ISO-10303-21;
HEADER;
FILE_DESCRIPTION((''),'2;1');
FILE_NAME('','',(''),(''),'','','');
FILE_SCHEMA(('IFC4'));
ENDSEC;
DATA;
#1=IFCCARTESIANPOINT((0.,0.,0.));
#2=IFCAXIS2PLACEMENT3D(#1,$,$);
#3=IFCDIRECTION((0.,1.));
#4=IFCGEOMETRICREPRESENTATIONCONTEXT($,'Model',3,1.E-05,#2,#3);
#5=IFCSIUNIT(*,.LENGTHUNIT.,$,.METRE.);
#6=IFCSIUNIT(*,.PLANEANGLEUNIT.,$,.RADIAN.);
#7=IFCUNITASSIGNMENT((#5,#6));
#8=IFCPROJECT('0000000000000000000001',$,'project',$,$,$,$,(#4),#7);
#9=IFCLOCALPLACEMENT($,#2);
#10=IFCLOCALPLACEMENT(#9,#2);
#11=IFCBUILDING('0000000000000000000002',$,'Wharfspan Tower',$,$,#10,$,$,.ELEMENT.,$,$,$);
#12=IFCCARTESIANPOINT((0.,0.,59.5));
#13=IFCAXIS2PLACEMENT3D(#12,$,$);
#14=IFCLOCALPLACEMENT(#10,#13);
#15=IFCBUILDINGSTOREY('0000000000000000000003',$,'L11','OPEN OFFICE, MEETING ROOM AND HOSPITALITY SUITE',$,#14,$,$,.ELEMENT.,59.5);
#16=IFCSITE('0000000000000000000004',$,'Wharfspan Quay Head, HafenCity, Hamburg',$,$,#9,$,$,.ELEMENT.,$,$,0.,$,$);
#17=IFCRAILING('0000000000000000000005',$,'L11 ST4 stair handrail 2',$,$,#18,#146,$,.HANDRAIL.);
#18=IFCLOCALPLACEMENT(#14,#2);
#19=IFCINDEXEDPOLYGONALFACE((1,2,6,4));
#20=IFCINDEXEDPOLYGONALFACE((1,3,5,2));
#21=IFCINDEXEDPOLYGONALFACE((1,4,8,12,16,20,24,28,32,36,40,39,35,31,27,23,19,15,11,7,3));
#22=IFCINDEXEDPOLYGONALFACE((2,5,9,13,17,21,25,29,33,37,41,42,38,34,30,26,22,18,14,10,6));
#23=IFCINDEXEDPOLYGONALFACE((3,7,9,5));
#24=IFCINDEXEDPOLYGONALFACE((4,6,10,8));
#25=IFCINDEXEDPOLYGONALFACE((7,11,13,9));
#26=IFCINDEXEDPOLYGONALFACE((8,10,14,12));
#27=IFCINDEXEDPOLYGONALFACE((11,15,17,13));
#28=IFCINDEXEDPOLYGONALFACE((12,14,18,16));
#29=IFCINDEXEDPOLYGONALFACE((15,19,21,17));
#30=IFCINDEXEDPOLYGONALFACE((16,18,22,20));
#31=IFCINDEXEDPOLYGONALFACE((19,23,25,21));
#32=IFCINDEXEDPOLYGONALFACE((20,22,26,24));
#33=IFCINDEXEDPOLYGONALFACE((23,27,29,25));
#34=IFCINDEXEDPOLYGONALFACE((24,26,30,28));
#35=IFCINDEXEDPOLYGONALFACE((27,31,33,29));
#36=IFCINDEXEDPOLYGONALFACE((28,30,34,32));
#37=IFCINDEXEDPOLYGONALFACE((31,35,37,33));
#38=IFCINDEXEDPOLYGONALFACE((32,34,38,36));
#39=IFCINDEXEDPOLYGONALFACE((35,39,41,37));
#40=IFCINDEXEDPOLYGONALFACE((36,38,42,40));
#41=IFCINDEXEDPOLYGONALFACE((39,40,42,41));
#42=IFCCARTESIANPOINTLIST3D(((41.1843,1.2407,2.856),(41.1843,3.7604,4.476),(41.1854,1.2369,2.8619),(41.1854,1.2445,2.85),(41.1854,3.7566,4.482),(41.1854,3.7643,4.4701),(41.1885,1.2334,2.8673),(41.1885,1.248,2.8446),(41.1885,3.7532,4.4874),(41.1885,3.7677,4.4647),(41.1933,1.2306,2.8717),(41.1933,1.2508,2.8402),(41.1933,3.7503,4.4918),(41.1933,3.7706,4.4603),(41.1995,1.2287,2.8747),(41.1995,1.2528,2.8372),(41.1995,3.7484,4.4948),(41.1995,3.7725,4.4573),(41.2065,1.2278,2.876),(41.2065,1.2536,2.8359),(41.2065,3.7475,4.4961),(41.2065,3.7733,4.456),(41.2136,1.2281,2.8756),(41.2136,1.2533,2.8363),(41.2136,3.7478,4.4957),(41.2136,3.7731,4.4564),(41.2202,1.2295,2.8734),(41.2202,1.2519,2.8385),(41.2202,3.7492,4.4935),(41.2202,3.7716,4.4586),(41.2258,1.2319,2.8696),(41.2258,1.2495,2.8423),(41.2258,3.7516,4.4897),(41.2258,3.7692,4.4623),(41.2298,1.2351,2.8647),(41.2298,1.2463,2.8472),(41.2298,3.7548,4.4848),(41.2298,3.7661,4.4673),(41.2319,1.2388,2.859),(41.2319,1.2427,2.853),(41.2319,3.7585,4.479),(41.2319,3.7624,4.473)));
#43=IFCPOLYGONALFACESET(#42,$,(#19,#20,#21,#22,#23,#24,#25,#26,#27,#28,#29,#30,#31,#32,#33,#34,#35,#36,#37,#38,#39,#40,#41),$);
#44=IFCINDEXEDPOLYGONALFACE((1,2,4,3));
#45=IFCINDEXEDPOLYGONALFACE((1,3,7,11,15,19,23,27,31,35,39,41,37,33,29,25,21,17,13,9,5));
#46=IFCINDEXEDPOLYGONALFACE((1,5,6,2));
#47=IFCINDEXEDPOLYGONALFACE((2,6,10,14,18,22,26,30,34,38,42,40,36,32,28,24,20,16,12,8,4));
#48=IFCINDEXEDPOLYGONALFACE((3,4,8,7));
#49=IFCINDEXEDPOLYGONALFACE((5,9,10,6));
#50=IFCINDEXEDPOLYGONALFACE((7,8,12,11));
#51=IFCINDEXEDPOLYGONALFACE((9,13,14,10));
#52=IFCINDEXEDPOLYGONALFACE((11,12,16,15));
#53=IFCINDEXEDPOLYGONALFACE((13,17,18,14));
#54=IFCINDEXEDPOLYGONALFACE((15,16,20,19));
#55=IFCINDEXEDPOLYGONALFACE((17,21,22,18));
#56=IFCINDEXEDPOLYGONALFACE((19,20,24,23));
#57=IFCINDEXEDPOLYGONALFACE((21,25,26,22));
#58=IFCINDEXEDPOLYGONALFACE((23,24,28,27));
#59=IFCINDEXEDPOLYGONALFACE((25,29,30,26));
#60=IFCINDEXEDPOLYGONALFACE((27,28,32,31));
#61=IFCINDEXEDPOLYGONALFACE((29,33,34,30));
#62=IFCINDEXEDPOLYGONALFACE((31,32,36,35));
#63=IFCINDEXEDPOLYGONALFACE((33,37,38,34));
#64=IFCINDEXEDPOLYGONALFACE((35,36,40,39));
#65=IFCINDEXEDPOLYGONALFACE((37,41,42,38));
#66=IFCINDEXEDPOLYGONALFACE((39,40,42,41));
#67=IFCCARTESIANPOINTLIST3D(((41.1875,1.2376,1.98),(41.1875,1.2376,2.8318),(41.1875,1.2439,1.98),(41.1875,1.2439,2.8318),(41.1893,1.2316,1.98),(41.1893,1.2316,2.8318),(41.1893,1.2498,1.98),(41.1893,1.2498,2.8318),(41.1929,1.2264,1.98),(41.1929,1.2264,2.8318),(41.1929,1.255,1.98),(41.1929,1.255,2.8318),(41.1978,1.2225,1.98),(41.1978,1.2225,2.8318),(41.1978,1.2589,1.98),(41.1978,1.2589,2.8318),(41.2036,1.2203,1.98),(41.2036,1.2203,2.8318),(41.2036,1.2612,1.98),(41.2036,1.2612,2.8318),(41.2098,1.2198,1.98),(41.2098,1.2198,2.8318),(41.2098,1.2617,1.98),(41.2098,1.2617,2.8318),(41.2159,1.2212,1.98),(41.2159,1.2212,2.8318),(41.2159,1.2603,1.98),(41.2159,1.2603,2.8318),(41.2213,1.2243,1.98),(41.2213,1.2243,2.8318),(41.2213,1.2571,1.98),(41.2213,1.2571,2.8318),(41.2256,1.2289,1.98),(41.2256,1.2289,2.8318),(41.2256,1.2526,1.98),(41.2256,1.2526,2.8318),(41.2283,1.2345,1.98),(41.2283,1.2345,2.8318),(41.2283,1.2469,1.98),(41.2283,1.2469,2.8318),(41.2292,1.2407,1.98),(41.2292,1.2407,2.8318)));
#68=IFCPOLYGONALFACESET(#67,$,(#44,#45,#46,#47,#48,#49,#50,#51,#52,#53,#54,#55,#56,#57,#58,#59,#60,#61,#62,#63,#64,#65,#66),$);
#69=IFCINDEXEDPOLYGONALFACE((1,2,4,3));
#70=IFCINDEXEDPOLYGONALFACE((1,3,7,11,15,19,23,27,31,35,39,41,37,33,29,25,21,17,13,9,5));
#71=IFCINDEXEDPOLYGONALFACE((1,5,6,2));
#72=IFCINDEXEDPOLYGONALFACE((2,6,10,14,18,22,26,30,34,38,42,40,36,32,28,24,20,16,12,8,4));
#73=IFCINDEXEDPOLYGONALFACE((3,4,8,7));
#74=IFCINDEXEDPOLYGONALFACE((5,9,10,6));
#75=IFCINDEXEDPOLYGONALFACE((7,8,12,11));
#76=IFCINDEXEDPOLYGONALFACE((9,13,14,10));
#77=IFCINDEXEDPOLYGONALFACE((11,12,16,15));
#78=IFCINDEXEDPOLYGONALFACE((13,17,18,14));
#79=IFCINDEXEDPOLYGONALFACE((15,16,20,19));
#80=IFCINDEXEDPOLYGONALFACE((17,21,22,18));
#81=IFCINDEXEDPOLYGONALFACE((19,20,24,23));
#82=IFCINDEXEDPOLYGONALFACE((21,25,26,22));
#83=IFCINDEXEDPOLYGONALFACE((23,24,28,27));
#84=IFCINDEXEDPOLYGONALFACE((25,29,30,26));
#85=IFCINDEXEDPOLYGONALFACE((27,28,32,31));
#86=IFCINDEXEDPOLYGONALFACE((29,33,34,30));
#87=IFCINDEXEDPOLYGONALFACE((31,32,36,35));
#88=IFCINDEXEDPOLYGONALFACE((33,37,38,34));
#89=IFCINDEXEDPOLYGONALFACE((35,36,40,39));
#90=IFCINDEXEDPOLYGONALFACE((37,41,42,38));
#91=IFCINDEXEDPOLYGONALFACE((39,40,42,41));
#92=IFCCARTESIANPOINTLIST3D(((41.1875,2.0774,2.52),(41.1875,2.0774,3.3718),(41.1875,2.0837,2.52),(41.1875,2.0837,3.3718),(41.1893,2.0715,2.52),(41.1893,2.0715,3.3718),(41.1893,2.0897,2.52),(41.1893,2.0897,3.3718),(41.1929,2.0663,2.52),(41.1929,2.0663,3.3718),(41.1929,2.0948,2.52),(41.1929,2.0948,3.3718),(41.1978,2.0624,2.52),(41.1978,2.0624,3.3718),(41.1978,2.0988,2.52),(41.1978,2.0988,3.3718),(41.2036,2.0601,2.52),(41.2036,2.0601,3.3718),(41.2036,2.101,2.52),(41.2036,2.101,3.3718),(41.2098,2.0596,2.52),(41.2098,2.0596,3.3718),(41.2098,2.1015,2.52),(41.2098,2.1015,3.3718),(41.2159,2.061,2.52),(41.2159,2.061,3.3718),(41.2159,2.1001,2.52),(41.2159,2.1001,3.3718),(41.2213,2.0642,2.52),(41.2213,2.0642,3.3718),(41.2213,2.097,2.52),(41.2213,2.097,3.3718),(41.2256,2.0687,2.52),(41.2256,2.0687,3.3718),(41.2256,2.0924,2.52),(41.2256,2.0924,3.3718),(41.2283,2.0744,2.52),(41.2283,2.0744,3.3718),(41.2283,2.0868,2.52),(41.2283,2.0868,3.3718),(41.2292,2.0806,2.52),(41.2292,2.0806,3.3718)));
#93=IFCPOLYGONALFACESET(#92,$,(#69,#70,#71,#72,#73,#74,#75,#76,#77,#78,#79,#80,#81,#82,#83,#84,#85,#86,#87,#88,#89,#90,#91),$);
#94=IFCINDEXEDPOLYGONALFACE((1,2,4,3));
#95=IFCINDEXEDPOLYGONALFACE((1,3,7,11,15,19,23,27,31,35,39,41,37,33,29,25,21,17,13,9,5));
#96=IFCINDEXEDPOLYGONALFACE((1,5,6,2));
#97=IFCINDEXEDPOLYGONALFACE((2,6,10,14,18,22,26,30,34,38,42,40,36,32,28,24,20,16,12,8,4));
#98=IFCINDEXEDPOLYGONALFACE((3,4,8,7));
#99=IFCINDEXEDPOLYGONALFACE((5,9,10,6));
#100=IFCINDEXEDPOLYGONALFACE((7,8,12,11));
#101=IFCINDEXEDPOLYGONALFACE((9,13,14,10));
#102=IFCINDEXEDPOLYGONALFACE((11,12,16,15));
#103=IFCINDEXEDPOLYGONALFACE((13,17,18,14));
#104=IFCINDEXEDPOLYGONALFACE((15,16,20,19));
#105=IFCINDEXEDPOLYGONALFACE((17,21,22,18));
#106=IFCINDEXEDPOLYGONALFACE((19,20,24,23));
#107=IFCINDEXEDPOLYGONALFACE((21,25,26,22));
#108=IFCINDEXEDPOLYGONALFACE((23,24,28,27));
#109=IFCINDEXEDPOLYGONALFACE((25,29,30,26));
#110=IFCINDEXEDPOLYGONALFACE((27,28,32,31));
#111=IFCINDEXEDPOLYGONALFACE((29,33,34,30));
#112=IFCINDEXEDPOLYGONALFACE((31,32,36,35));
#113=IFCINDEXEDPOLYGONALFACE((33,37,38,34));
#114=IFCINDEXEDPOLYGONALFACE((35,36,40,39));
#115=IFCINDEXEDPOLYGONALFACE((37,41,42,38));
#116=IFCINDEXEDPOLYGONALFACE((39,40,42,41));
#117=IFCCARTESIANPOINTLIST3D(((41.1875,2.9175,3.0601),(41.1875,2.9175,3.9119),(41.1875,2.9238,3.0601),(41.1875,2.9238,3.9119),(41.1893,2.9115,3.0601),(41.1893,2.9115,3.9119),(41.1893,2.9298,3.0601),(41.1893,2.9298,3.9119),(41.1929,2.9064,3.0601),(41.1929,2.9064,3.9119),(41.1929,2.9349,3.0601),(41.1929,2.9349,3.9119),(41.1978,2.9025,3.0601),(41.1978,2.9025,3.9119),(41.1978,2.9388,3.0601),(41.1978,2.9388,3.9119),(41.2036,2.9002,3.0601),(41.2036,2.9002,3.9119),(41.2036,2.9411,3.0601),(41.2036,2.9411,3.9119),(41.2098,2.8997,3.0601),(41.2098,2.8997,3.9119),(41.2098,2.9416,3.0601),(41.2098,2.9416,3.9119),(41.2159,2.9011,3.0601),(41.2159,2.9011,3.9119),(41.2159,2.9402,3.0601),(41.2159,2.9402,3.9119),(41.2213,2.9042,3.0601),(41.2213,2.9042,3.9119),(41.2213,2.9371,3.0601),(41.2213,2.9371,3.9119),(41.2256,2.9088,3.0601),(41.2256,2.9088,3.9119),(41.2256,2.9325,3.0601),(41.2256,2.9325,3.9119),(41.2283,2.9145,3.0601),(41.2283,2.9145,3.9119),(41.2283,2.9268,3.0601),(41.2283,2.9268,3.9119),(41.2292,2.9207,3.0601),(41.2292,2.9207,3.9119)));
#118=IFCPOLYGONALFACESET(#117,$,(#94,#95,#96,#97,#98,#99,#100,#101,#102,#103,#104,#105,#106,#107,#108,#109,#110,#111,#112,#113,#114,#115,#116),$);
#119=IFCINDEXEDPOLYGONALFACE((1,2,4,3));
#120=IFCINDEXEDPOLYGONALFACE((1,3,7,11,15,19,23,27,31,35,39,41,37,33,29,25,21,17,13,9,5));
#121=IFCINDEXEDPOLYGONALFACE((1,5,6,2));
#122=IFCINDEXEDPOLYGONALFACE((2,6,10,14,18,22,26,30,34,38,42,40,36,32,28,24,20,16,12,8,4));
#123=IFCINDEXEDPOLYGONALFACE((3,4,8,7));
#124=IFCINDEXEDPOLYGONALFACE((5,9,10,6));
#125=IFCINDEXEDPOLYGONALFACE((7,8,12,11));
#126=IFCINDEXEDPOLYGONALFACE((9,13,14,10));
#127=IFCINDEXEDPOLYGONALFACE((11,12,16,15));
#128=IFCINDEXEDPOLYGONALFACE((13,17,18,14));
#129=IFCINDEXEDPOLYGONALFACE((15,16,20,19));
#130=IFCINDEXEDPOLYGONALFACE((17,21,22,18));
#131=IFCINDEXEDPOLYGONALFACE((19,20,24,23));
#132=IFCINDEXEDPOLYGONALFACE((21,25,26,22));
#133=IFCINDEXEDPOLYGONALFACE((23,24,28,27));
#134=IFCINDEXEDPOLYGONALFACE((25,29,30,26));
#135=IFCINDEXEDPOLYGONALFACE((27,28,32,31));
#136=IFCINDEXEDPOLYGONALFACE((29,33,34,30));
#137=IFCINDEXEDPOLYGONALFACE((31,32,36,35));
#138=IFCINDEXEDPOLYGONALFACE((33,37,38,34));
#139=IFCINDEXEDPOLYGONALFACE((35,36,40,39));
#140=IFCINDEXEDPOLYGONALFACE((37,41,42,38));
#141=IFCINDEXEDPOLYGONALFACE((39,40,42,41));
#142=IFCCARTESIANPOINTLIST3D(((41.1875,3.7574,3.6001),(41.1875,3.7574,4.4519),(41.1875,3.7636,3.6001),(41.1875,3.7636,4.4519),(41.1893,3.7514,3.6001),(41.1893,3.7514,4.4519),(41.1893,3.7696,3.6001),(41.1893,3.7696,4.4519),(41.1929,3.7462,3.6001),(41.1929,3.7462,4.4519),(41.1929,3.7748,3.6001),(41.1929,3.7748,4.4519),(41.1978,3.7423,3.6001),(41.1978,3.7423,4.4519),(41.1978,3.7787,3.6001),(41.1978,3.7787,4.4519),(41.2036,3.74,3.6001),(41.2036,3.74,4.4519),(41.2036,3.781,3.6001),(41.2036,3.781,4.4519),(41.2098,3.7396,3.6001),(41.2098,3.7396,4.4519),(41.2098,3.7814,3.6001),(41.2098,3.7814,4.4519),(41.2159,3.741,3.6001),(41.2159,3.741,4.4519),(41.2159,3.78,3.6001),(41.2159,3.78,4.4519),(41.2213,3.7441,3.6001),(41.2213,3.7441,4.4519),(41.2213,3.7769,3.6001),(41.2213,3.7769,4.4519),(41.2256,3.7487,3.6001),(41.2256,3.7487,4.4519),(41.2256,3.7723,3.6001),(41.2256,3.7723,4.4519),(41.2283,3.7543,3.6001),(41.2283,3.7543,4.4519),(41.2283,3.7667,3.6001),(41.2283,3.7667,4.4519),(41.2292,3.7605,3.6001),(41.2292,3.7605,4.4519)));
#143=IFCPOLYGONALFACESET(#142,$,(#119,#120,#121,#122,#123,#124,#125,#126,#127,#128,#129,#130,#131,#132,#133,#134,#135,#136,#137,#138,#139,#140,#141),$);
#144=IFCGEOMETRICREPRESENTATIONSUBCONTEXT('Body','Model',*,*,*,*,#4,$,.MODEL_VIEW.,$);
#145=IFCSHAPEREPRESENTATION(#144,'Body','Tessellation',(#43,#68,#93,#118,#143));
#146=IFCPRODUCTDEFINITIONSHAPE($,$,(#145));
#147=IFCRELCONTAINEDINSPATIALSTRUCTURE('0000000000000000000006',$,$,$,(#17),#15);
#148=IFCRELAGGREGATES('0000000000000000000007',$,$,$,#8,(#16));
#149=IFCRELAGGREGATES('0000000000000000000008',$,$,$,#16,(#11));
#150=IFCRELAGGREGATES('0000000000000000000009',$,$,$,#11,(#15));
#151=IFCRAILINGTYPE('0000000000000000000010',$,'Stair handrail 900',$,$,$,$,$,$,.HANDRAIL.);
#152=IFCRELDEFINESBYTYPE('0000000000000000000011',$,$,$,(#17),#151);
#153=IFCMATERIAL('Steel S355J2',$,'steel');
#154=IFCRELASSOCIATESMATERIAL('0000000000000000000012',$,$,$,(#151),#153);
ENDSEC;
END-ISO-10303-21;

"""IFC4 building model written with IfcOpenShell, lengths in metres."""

from ifc_helpers import new_model, si_unit, direction, frame, origin, origin_2d, place, context, subcontext, project, spatial, circle, extrude, material, type_object, element, save


model = new_model("IFC4")

# Units and contexts
model_context = context("Model", 3, precision=1e-05, world=origin(), true_north=direction((0.0, 1.0)))
body_context = subcontext(model_context, "Body", "Model", "MODEL_VIEW")
ifc_project = project(units=[si_unit("LENGTHUNIT", "METRE"), si_unit("PLANEANGLEUNIT", "RADIAN")], contexts=[model_context])

# Site, building, storey
site_placement = place(None, origin())
site = spatial("IfcSite", under=ifc_project, at=site_placement, Name="Wharfspan Quay Head, HafenCity, Hamburg", CompositionType="ELEMENT", RefElevation=0.0)
building_placement = place(site_placement, origin())
building = spatial("IfcBuilding", under=site, at=building_placement, Name="Wharfspan Tower", CompositionType="ELEMENT")
storey_placement = place(building_placement, frame((0.0, 0.0, 59.5)))
storey = spatial("IfcBuildingStorey", under=building, at=storey_placement, Name="L11", Description="OPEN OFFICE, MEETING ROOM AND HOSPITALITY SUITE", CompositionType="ELEMENT", Elevation=59.5)

# Shared definitions
ifc_material_1 = material(Name="Steel S355J2", Category="steel")

# Railing
railing_type = type_object("IfcRailingType", Name="Stair handrail 900", PredefinedType="HANDRAIL", material=ifc_material_1)
railing_placement = place(storey_placement, frame((41.2083, 1.2407, 1.98)))
element("IfcRailing", 1, at=railing_placement, inside=storey, type_object=railing_type, Name="L11 ST4 stair handrail 2", PredefinedType="HANDRAIL", context=body_context, shape_type="SweptSolid", body=[
    extrude(circle(Radius=0.0239, at=origin_2d()), frame((0.0, 0.0, 0.876), z_axis=(0.0, 0.841139, 0.540819), x_axis=(-1.0, 0.0, 0.0)), (0.0, 0.0, 1.0), 2.9956),
    extrude(circle(Radius=0.021, at=origin_2d()), origin(), (0.0, 0.0, 1.0), 0.8518),
    extrude(circle(Radius=0.021, at=origin_2d()), frame((0.0, 0.8398, 0.54)), (0.0, 0.0, 1.0), 0.8518),
    extrude(circle(Radius=0.021, at=origin_2d()), frame((0.0, 1.6799, 1.0801)), (0.0, 0.0, 1.0), 0.8518),
    extrude(circle(Radius=0.021, at=origin_2d()), frame((0.0, 2.5198, 1.6201)), (0.0, 0.0, 1.0), 0.8518),
])

save(model, "model.ifc")
